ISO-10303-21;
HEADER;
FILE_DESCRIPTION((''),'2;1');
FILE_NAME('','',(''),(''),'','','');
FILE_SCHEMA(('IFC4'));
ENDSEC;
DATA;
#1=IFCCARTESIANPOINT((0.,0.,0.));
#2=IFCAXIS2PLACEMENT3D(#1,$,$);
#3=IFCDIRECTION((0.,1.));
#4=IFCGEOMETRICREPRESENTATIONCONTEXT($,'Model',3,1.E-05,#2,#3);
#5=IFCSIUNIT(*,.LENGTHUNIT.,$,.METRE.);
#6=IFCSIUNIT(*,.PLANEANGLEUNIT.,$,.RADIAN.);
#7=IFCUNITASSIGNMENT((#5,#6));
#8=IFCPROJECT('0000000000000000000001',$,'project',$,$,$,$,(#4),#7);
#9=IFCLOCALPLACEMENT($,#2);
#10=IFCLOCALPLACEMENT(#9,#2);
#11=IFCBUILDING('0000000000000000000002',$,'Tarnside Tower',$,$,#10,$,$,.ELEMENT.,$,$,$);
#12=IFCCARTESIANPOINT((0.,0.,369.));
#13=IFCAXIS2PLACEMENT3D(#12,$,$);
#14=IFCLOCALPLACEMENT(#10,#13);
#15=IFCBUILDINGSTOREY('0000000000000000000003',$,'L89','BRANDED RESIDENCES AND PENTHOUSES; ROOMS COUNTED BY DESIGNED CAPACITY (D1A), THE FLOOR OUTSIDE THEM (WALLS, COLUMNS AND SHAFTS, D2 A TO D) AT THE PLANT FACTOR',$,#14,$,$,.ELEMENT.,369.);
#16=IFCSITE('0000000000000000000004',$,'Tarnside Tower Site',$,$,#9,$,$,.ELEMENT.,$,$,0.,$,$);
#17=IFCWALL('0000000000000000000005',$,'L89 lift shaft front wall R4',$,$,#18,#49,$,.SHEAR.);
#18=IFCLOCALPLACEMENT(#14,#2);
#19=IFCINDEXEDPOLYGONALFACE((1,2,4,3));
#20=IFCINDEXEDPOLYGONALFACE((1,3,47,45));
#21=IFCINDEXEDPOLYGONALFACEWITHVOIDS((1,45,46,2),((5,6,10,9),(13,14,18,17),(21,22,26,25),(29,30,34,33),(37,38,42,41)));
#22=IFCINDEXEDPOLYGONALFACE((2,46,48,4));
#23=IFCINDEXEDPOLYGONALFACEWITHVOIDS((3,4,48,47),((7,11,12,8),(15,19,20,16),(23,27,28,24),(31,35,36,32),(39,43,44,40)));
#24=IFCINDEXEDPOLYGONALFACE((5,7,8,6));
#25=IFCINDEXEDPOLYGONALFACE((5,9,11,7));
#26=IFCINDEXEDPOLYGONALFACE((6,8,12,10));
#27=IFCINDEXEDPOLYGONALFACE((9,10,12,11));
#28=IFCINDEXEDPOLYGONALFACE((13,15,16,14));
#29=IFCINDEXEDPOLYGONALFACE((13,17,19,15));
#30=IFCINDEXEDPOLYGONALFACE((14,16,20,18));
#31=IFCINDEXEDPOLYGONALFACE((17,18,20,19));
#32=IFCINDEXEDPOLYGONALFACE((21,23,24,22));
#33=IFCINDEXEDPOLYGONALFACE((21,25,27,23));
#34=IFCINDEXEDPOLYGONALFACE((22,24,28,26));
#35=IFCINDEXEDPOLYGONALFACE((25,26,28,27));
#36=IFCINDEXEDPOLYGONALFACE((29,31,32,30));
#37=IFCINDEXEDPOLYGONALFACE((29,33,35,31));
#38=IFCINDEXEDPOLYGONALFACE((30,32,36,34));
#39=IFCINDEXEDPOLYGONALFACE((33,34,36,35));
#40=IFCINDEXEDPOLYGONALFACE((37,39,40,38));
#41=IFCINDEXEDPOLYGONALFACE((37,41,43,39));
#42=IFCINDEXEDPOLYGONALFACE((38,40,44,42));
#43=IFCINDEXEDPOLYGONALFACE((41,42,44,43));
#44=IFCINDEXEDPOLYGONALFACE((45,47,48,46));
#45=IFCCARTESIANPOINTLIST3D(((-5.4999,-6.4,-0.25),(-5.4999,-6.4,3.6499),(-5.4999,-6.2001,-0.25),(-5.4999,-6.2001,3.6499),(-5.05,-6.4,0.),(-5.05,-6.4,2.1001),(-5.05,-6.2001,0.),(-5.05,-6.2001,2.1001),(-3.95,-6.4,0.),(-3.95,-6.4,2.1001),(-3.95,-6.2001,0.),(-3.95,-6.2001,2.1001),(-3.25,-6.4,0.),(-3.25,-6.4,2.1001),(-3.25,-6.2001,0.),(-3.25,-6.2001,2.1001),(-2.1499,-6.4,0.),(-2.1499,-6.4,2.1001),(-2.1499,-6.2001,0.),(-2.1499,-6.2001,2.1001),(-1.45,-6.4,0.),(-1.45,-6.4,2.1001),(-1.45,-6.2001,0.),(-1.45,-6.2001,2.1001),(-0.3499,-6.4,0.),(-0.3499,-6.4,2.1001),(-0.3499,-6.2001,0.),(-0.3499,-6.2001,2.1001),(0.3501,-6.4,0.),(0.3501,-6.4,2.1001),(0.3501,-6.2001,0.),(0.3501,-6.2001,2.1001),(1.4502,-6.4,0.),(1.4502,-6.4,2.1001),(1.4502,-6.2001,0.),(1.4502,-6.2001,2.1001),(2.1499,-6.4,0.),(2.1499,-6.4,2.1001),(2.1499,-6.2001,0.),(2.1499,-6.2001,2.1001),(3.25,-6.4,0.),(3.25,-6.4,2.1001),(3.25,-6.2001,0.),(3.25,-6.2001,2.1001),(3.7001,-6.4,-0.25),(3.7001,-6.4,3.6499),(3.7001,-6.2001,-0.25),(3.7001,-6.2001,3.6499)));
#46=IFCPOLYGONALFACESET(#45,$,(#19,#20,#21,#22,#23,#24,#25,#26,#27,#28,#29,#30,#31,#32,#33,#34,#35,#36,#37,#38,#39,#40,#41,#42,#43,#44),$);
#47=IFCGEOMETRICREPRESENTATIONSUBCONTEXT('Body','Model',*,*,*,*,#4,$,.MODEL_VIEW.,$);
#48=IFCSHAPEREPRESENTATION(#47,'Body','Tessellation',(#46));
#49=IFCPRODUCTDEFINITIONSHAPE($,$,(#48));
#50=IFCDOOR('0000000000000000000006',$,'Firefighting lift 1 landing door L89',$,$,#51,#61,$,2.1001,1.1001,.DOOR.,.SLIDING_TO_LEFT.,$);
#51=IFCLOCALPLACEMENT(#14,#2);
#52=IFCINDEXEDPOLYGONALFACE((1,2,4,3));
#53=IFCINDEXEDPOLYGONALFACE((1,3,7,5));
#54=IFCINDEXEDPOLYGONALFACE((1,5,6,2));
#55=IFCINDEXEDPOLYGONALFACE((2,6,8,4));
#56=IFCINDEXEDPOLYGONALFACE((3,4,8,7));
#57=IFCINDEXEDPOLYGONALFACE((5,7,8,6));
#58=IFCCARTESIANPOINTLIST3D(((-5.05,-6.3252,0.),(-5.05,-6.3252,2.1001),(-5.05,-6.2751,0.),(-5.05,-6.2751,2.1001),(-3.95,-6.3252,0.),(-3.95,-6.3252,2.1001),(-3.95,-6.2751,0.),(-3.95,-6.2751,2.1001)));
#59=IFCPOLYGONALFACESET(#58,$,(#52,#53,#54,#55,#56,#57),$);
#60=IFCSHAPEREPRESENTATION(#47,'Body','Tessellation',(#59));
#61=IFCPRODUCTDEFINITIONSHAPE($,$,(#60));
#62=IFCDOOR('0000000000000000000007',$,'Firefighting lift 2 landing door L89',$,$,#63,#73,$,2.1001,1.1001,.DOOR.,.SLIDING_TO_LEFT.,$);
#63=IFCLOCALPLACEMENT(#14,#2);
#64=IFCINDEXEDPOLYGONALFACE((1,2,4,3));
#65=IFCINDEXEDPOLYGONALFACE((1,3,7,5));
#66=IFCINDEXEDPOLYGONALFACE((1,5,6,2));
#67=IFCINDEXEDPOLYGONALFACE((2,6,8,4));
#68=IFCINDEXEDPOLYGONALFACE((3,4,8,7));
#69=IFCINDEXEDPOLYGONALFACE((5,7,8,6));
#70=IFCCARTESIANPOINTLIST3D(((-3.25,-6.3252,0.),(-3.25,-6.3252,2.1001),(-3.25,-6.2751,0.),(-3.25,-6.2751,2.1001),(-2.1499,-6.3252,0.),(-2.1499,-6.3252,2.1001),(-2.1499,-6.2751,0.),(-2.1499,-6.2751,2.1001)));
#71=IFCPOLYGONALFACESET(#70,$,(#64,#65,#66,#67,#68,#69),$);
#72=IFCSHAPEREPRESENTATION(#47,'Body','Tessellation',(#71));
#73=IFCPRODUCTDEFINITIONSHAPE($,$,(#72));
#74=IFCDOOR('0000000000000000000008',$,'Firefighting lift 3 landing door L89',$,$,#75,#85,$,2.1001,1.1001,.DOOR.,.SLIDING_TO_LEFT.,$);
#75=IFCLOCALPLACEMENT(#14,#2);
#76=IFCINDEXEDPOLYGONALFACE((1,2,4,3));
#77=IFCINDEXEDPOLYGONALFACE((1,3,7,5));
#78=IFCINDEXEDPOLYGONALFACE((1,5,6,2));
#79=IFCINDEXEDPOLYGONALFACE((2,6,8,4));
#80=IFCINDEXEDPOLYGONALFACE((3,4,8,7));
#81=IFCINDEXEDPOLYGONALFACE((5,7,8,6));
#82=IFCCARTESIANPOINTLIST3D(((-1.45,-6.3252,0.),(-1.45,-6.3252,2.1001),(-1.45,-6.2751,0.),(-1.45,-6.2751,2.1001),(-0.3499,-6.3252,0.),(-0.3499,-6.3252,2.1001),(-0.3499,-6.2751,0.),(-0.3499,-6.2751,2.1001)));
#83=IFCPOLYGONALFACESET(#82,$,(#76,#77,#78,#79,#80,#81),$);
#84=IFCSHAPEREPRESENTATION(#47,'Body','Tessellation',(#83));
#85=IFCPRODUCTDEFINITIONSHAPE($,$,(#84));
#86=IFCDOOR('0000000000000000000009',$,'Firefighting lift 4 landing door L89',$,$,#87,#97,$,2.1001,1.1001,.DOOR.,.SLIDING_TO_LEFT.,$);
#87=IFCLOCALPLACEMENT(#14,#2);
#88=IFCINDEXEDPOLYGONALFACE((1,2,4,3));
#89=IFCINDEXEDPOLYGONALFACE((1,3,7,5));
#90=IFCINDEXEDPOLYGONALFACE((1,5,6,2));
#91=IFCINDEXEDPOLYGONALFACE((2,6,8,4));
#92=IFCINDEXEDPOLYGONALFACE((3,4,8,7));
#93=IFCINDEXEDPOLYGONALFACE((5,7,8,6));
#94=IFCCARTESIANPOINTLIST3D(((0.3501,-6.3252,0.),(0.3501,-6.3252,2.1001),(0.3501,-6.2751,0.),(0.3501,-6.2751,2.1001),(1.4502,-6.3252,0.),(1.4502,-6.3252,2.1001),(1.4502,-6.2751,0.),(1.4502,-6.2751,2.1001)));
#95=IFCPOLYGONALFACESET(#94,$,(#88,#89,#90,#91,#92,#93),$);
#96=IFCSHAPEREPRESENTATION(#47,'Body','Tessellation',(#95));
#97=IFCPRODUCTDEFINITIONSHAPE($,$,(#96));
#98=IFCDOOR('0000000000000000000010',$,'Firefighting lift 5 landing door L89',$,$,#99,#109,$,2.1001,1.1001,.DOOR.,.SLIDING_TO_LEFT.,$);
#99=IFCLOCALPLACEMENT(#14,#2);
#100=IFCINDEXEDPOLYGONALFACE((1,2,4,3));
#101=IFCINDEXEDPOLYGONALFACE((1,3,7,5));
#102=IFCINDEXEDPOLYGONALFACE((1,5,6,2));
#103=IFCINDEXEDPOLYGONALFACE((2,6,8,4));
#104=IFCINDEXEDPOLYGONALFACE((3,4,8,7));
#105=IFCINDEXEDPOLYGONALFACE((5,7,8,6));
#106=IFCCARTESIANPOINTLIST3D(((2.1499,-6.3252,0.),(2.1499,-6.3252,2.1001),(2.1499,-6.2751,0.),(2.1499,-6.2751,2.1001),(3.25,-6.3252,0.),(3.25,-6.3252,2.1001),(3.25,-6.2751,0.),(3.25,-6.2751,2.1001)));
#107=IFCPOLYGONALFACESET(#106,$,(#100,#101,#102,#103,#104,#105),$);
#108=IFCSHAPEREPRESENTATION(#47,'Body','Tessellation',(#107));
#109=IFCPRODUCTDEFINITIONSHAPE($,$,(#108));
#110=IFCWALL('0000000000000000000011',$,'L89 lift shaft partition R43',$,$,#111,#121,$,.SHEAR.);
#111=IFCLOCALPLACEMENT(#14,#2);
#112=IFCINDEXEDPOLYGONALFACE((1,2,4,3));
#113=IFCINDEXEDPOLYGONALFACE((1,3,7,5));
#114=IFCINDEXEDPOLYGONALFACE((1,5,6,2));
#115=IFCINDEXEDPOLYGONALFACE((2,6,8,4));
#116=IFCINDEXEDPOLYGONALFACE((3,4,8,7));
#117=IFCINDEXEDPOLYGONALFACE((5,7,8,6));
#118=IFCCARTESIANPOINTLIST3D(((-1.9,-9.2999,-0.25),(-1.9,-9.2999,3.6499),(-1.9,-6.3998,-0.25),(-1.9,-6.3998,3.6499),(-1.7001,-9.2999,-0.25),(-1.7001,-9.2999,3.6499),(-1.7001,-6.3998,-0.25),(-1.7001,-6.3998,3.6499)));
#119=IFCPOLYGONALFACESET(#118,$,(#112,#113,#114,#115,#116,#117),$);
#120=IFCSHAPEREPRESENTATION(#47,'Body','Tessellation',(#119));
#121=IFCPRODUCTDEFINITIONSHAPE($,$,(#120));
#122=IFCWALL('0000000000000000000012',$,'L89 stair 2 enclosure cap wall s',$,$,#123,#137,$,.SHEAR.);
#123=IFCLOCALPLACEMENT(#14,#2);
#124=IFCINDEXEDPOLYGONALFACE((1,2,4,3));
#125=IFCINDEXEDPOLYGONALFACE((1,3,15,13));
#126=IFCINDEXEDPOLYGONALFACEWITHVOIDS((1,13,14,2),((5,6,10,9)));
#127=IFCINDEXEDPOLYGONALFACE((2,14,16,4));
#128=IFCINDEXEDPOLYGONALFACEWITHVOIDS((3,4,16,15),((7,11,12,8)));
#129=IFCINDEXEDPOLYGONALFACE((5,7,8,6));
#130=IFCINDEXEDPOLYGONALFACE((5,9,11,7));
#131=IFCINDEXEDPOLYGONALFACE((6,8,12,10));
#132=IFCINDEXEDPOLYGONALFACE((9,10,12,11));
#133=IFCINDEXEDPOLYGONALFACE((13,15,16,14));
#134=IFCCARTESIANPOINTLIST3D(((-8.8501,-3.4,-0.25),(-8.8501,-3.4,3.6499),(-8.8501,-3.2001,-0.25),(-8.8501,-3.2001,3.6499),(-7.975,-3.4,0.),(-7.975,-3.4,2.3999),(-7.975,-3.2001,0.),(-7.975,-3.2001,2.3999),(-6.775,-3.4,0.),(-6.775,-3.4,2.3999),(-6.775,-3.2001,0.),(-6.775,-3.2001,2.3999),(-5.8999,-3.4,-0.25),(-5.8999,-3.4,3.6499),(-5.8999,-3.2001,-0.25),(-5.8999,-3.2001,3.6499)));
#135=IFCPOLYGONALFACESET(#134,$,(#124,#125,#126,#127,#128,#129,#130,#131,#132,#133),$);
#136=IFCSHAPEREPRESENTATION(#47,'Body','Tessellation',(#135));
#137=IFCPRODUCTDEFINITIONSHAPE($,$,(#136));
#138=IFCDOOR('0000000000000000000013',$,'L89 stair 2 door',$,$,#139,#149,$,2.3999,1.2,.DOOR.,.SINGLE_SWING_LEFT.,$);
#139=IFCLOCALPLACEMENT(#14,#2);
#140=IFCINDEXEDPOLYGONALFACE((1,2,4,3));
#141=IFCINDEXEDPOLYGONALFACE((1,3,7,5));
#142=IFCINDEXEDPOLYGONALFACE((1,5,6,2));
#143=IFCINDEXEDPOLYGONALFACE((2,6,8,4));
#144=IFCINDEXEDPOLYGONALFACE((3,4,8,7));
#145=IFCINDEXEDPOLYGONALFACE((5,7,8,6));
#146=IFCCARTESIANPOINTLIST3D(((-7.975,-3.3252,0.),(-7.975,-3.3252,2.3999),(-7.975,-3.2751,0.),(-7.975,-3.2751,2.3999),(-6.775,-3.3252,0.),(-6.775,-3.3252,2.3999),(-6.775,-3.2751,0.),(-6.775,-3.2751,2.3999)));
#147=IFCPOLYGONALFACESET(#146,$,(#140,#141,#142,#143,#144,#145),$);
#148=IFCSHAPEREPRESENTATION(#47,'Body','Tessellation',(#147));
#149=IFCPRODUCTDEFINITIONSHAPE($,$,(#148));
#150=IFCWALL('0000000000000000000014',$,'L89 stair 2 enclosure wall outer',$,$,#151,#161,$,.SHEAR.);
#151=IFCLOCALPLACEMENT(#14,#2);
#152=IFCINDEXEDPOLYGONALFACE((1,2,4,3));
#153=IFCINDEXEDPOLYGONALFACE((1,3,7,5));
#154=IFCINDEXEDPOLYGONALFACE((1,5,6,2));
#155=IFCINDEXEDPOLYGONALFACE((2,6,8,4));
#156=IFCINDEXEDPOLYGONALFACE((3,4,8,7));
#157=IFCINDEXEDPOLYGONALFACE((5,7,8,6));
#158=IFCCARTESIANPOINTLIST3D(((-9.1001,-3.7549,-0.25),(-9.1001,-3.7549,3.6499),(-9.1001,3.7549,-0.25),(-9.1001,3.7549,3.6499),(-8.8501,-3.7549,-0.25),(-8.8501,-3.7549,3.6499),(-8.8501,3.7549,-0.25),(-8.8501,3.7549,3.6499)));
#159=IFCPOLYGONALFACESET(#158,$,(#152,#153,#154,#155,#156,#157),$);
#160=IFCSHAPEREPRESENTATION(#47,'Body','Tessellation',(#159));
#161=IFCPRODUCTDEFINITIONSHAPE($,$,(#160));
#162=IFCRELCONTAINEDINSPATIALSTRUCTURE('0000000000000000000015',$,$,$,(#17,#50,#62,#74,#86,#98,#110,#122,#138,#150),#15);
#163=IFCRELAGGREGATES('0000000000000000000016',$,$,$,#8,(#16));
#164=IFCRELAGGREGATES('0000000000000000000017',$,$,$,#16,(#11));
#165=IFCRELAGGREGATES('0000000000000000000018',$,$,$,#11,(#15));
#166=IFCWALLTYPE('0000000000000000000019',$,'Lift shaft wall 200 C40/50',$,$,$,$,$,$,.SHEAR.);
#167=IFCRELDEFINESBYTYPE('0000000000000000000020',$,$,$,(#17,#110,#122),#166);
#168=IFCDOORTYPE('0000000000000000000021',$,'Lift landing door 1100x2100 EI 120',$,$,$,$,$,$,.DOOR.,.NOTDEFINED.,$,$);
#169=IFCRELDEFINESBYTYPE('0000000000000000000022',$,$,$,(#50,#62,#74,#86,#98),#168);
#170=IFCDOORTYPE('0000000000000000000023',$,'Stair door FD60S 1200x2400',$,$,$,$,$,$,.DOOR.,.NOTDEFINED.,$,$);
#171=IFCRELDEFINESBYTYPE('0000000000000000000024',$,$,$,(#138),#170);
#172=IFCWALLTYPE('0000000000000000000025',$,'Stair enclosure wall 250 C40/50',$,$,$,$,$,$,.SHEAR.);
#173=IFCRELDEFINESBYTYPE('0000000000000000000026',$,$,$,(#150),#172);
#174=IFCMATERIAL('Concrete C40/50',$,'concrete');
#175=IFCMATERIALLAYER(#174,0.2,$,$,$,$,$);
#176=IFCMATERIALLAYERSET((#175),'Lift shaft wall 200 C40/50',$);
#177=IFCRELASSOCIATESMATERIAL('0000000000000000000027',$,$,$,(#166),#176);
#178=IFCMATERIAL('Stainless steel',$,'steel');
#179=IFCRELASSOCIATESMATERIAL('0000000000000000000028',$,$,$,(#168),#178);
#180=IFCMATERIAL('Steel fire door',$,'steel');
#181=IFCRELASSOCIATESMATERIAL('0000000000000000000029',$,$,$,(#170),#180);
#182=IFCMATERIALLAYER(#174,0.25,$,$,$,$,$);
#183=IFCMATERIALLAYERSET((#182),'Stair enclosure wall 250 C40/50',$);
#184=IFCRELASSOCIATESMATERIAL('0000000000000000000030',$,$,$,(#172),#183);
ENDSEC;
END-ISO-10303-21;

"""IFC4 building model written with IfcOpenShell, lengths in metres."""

from ifc_helpers import new_model, si_unit, direction, frame, frame_2d, origin, place, context, subcontext, project, spatial, rectangle, extrude, material, layer, layer_set, type_object, element, fill, save


model = new_model("IFC4")

# Units and contexts
model_context = context("Model", 3, precision=1e-05, world=origin(), true_north=direction((0.0, 1.0)))
body_context = subcontext(model_context, "Body", "Model", "MODEL_VIEW")
ifc_project = project(units=[si_unit("LENGTHUNIT", "METRE"), si_unit("PLANEANGLEUNIT", "RADIAN")], contexts=[model_context])

# Site, building, storey
site_placement = place(None, origin())
site = spatial("IfcSite", under=ifc_project, at=site_placement, Name="Tarnside Tower Site", CompositionType="ELEMENT", RefElevation=0.0)
building_placement = place(site_placement, origin())
building = spatial("IfcBuilding", under=site, at=building_placement, Name="Tarnside Tower", CompositionType="ELEMENT")
storey_placement = place(building_placement, frame((0.0, 0.0, 369.0)))
storey = spatial("IfcBuildingStorey", under=building, at=storey_placement, Name="L89", Description="BRANDED RESIDENCES AND PENTHOUSES; ROOMS COUNTED BY DESIGNED CAPACITY (D1A), THE FLOOR OUTSIDE THEM (WALLS, COLUMNS AND SHAFTS, D2 A TO D) AT THE PLANT FACTOR", CompositionType="ELEMENT", Elevation=369.0)

# Shared definitions
ifc_material_1 = material(Name="Concrete C40/50", Category="concrete")
ifc_material_2 = material(Name="Steel fire door", Category="steel")

# Wall, openings, doors
ifc_layer_1 = layer(ifc_material_1, 0.2)
ifc_layer_set_1 = layer_set([ifc_layer_1], Name="Lift shaft wall 200 C40/50")
wall_type_1 = type_object("IfcWallType", Name="Lift shaft wall 200 C40/50", PredefinedType="SHEAR", material=ifc_layer_set_1)
wall_1_placement = place(storey_placement, frame((-5.5, -6.3, -0.25), z_axis=(0.0, 0.0, 1.0), x_axis=(1.0, 0.0, 0.0)))
wall_1 = element("IfcWall", 1, at=wall_1_placement, inside=storey, type_object=wall_type_1, Name="L89 lift shaft front wall R4", PredefinedType="SHEAR", context=body_context, shape_type="SweptSolid", body=[
    extrude(rectangle(XDim=9.2, YDim=0.2, at=frame_2d((4.6001, 0.0))), origin(), (0.0, 0.0, 1.0), 3.8999),
])
opening_1_placement = place(wall_1_placement, frame((0.45, 0.0, 0.25)))
opening_1 = element("IfcOpeningElement", 2, at=opening_1_placement, cuts=wall_1, PredefinedType="OPENING", context=body_context, shape_type="SweptSolid", body=[
    extrude(rectangle(XDim=1.1001, YDim=2.1001, at=frame_2d((0.55, 1.05))), frame((0.0, 0.1099, 0.0), z_axis=(0.0, -1.0, 0.0), x_axis=(1.0, 0.0, 0.0)), (0.0, 0.0, 1.0), 0.22),
])
opening_2_placement = place(wall_1_placement, frame((2.25, 0.0, 0.25)))
opening_2 = element("IfcOpeningElement", 3, at=opening_2_placement, cuts=wall_1, PredefinedType="OPENING", context=body_context, shape_type="SweptSolid", body=[
    extrude(rectangle(XDim=1.1001, YDim=2.1001, at=frame_2d((0.55, 1.05))), frame((0.0, 0.1099, 0.0), z_axis=(0.0, -1.0, 0.0), x_axis=(1.0, 0.0, 0.0)), (0.0, 0.0, 1.0), 0.22),
])
opening_3_placement = place(wall_1_placement, frame((4.05, 0.0, 0.25)))
opening_3 = element("IfcOpeningElement", 4, at=opening_3_placement, cuts=wall_1, PredefinedType="OPENING", context=body_context, shape_type="SweptSolid", body=[
    extrude(rectangle(XDim=1.1001, YDim=2.1001, at=frame_2d((0.55, 1.05))), frame((0.0, 0.1099, 0.0), z_axis=(0.0, -1.0, 0.0), x_axis=(1.0, 0.0, 0.0)), (0.0, 0.0, 1.0), 0.22),
])
opening_4_placement = place(wall_1_placement, frame((5.8501, 0.0, 0.25)))
opening_4 = element("IfcOpeningElement", 5, at=opening_4_placement, cuts=wall_1, PredefinedType="OPENING", context=body_context, shape_type="SweptSolid", body=[
    extrude(rectangle(XDim=1.1001, YDim=2.1001, at=frame_2d((0.55, 1.05))), frame((0.0, 0.1099, 0.0), z_axis=(0.0, -1.0, 0.0), x_axis=(1.0, 0.0, 0.0)), (0.0, 0.0, 1.0), 0.22),
])
opening_5_placement = place(wall_1_placement, frame((7.6499, 0.0, 0.25)))
opening_5 = element("IfcOpeningElement", 6, at=opening_5_placement, cuts=wall_1, PredefinedType="OPENING", context=body_context, shape_type="SweptSolid", body=[
    extrude(rectangle(XDim=1.1001, YDim=2.1001, at=frame_2d((0.55, 1.05))), frame((0.0, 0.1099, 0.0), z_axis=(0.0, -1.0, 0.0), x_axis=(1.0, 0.0, 0.0)), (0.0, 0.0, 1.0), 0.22),
])
ifc_material_3 = material(Name="Stainless steel", Category="steel")
door_type_1 = type_object("IfcDoorType", Name="Lift landing door 1100x2100 EI 120", OperationType="NOTDEFINED", PredefinedType="DOOR", material=ifc_material_3)
door_1_placement = place(opening_1_placement, origin())
door_1 = element("IfcDoor", 7, at=door_1_placement, inside=storey, type_object=door_type_1, Name="Firefighting lift 1 landing door L89", OperationType="SLIDING_TO_LEFT", OverallHeight=2.1001, OverallWidth=1.1001, PredefinedType="DOOR", context=body_context, shape_type="SweptSolid", body=[
    extrude(rectangle(XDim=1.1001, YDim=2.1001, at=frame_2d((0.55, 1.05))), frame((0.0, 0.0249, 0.0), z_axis=(0.0, -1.0, 0.0), x_axis=(1.0, 0.0, 0.0)), (0.0, 0.0, 1.0), 0.05),
])
fill(opening_1, door_1)
door_2_placement = place(opening_2_placement, origin())
door_2 = element("IfcDoor", 8, at=door_2_placement, inside=storey, type_object=door_type_1, Name="Firefighting lift 2 landing door L89", OperationType="SLIDING_TO_LEFT", OverallHeight=2.1001, OverallWidth=1.1001, PredefinedType="DOOR", context=body_context, shape_type="SweptSolid", body=[
    extrude(rectangle(XDim=1.1001, YDim=2.1001, at=frame_2d((0.55, 1.05))), frame((0.0, 0.0249, 0.0), z_axis=(0.0, -1.0, 0.0), x_axis=(1.0, 0.0, 0.0)), (0.0, 0.0, 1.0), 0.05),
])
fill(opening_2, door_2)
door_3_placement = place(opening_3_placement, origin())
door_3 = element("IfcDoor", 9, at=door_3_placement, inside=storey, type_object=door_type_1, Name="Firefighting lift 3 landing door L89", OperationType="SLIDING_TO_LEFT", OverallHeight=2.1001, OverallWidth=1.1001, PredefinedType="DOOR", context=body_context, shape_type="SweptSolid", body=[
    extrude(rectangle(XDim=1.1001, YDim=2.1001, at=frame_2d((0.55, 1.05))), frame((0.0, 0.0249, 0.0), z_axis=(0.0, -1.0, 0.0), x_axis=(1.0, 0.0, 0.0)), (0.0, 0.0, 1.0), 0.05),
])
fill(opening_3, door_3)
door_4_placement = place(opening_4_placement, origin())
door_4 = element("IfcDoor", 10, at=door_4_placement, inside=storey, type_object=door_type_1, Name="Firefighting lift 4 landing door L89", OperationType="SLIDING_TO_LEFT", OverallHeight=2.1001, OverallWidth=1.1001, PredefinedType="DOOR", context=body_context, shape_type="SweptSolid", body=[
    extrude(rectangle(XDim=1.1001, YDim=2.1001, at=frame_2d((0.55, 1.05))), frame((0.0, 0.0249, 0.0), z_axis=(0.0, -1.0, 0.0), x_axis=(1.0, 0.0, 0.0)), (0.0, 0.0, 1.0), 0.05),
])
fill(opening_4, door_4)
door_5_placement = place(opening_5_placement, origin())
door_5 = element("IfcDoor", 11, at=door_5_placement, inside=storey, type_object=door_type_1, Name="Firefighting lift 5 landing door L89", OperationType="SLIDING_TO_LEFT", OverallHeight=2.1001, OverallWidth=1.1001, PredefinedType="DOOR", context=body_context, shape_type="SweptSolid", body=[
    extrude(rectangle(XDim=1.1001, YDim=2.1001, at=frame_2d((0.55, 1.05))), frame((0.0, 0.0249, 0.0), z_axis=(0.0, -1.0, 0.0), x_axis=(1.0, 0.0, 0.0)), (0.0, 0.0, 1.0), 0.05),
])
fill(opening_5, door_5)

# Wall
wall_2_placement = place(storey_placement, frame((-1.8, -9.3, -0.25), z_axis=(0.0, 0.0, 1.0), x_axis=(0.0, 1.0, 0.0)))
element("IfcWall", 12, at=wall_2_placement, inside=storey, type_object=wall_type_1, Name="L89 lift shaft partition R43", PredefinedType="SHEAR", context=body_context, shape_type="SweptSolid", body=[
    extrude(rectangle(XDim=2.9001, YDim=0.2, at=frame_2d((1.4502, 0.0))), origin(), (0.0, 0.0, 1.0), 3.8999),
])

# Wall, opening, door
wall_3_placement = place(storey_placement, frame((-8.8501, -3.3, -0.25), z_axis=(0.0, 0.0, 1.0), x_axis=(1.0, 0.0, 0.0)))
wall_3 = element("IfcWall", 13, at=wall_3_placement, inside=storey, type_object=wall_type_1, Name="L89 stair 2 enclosure cap wall s", PredefinedType="SHEAR", context=body_context, shape_type="SweptSolid", body=[
    extrude(rectangle(XDim=2.9502, YDim=0.2, at=frame_2d((1.4751, 0.0))), origin(), (0.0, 0.0, 1.0), 3.8999),
])
opening_6_placement = place(wall_3_placement, frame((0.875, 0.0, 0.25)))
opening_6 = element("IfcOpeningElement", 14, at=opening_6_placement, cuts=wall_3, PredefinedType="OPENING", context=body_context, shape_type="SweptSolid", body=[
    extrude(rectangle(XDim=1.2, YDim=2.3999, at=frame_2d((0.6001, 1.2))), frame((0.0, 0.1099, 0.0), z_axis=(0.0, -1.0, 0.0), x_axis=(1.0, 0.0, 0.0)), (0.0, 0.0, 1.0), 0.22),
])
door_type_2 = type_object("IfcDoorType", Name="Stair door FD60S 1200x2400", OperationType="NOTDEFINED", PredefinedType="DOOR", material=ifc_material_2)
door_6_placement = place(opening_6_placement, origin())
door_6 = element("IfcDoor", 15, at=door_6_placement, inside=storey, type_object=door_type_2, Name="L89 stair 2 door", OperationType="SINGLE_SWING_LEFT", OverallHeight=2.3999, OverallWidth=1.2, PredefinedType="DOOR", context=body_context, shape_type="SweptSolid", body=[
    extrude(rectangle(XDim=1.2, YDim=2.3999, at=frame_2d((0.6001, 1.2))), frame((0.0, 0.0249, 0.0), z_axis=(0.0, -1.0, 0.0), x_axis=(1.0, 0.0, 0.0)), (0.0, 0.0, 1.0), 0.05),
])
fill(opening_6, door_6)

# Wall
ifc_layer_2 = layer(ifc_material_1, 0.25)
ifc_layer_set_2 = layer_set([ifc_layer_2], Name="Stair enclosure wall 250 C40/50")
wall_type_2 = type_object("IfcWallType", Name="Stair enclosure wall 250 C40/50", PredefinedType="SHEAR", material=ifc_layer_set_2)
wall_4_placement = place(storey_placement, frame((-8.9751, -3.7549, -0.25), z_axis=(0.0, 0.0, 1.0), x_axis=(0.0, 1.0, 0.0)))
element("IfcWall", 16, at=wall_4_placement, inside=storey, type_object=wall_type_2, Name="L89 stair 2 enclosure wall outer", PredefinedType="SHEAR", context=body_context, shape_type="SweptSolid", body=[
    extrude(rectangle(XDim=7.5098, YDim=0.25, at=frame_2d((3.7549, 0.0))), origin(), (0.0, 0.0, 1.0), 3.8999),
])

save(model, "model.ifc")
